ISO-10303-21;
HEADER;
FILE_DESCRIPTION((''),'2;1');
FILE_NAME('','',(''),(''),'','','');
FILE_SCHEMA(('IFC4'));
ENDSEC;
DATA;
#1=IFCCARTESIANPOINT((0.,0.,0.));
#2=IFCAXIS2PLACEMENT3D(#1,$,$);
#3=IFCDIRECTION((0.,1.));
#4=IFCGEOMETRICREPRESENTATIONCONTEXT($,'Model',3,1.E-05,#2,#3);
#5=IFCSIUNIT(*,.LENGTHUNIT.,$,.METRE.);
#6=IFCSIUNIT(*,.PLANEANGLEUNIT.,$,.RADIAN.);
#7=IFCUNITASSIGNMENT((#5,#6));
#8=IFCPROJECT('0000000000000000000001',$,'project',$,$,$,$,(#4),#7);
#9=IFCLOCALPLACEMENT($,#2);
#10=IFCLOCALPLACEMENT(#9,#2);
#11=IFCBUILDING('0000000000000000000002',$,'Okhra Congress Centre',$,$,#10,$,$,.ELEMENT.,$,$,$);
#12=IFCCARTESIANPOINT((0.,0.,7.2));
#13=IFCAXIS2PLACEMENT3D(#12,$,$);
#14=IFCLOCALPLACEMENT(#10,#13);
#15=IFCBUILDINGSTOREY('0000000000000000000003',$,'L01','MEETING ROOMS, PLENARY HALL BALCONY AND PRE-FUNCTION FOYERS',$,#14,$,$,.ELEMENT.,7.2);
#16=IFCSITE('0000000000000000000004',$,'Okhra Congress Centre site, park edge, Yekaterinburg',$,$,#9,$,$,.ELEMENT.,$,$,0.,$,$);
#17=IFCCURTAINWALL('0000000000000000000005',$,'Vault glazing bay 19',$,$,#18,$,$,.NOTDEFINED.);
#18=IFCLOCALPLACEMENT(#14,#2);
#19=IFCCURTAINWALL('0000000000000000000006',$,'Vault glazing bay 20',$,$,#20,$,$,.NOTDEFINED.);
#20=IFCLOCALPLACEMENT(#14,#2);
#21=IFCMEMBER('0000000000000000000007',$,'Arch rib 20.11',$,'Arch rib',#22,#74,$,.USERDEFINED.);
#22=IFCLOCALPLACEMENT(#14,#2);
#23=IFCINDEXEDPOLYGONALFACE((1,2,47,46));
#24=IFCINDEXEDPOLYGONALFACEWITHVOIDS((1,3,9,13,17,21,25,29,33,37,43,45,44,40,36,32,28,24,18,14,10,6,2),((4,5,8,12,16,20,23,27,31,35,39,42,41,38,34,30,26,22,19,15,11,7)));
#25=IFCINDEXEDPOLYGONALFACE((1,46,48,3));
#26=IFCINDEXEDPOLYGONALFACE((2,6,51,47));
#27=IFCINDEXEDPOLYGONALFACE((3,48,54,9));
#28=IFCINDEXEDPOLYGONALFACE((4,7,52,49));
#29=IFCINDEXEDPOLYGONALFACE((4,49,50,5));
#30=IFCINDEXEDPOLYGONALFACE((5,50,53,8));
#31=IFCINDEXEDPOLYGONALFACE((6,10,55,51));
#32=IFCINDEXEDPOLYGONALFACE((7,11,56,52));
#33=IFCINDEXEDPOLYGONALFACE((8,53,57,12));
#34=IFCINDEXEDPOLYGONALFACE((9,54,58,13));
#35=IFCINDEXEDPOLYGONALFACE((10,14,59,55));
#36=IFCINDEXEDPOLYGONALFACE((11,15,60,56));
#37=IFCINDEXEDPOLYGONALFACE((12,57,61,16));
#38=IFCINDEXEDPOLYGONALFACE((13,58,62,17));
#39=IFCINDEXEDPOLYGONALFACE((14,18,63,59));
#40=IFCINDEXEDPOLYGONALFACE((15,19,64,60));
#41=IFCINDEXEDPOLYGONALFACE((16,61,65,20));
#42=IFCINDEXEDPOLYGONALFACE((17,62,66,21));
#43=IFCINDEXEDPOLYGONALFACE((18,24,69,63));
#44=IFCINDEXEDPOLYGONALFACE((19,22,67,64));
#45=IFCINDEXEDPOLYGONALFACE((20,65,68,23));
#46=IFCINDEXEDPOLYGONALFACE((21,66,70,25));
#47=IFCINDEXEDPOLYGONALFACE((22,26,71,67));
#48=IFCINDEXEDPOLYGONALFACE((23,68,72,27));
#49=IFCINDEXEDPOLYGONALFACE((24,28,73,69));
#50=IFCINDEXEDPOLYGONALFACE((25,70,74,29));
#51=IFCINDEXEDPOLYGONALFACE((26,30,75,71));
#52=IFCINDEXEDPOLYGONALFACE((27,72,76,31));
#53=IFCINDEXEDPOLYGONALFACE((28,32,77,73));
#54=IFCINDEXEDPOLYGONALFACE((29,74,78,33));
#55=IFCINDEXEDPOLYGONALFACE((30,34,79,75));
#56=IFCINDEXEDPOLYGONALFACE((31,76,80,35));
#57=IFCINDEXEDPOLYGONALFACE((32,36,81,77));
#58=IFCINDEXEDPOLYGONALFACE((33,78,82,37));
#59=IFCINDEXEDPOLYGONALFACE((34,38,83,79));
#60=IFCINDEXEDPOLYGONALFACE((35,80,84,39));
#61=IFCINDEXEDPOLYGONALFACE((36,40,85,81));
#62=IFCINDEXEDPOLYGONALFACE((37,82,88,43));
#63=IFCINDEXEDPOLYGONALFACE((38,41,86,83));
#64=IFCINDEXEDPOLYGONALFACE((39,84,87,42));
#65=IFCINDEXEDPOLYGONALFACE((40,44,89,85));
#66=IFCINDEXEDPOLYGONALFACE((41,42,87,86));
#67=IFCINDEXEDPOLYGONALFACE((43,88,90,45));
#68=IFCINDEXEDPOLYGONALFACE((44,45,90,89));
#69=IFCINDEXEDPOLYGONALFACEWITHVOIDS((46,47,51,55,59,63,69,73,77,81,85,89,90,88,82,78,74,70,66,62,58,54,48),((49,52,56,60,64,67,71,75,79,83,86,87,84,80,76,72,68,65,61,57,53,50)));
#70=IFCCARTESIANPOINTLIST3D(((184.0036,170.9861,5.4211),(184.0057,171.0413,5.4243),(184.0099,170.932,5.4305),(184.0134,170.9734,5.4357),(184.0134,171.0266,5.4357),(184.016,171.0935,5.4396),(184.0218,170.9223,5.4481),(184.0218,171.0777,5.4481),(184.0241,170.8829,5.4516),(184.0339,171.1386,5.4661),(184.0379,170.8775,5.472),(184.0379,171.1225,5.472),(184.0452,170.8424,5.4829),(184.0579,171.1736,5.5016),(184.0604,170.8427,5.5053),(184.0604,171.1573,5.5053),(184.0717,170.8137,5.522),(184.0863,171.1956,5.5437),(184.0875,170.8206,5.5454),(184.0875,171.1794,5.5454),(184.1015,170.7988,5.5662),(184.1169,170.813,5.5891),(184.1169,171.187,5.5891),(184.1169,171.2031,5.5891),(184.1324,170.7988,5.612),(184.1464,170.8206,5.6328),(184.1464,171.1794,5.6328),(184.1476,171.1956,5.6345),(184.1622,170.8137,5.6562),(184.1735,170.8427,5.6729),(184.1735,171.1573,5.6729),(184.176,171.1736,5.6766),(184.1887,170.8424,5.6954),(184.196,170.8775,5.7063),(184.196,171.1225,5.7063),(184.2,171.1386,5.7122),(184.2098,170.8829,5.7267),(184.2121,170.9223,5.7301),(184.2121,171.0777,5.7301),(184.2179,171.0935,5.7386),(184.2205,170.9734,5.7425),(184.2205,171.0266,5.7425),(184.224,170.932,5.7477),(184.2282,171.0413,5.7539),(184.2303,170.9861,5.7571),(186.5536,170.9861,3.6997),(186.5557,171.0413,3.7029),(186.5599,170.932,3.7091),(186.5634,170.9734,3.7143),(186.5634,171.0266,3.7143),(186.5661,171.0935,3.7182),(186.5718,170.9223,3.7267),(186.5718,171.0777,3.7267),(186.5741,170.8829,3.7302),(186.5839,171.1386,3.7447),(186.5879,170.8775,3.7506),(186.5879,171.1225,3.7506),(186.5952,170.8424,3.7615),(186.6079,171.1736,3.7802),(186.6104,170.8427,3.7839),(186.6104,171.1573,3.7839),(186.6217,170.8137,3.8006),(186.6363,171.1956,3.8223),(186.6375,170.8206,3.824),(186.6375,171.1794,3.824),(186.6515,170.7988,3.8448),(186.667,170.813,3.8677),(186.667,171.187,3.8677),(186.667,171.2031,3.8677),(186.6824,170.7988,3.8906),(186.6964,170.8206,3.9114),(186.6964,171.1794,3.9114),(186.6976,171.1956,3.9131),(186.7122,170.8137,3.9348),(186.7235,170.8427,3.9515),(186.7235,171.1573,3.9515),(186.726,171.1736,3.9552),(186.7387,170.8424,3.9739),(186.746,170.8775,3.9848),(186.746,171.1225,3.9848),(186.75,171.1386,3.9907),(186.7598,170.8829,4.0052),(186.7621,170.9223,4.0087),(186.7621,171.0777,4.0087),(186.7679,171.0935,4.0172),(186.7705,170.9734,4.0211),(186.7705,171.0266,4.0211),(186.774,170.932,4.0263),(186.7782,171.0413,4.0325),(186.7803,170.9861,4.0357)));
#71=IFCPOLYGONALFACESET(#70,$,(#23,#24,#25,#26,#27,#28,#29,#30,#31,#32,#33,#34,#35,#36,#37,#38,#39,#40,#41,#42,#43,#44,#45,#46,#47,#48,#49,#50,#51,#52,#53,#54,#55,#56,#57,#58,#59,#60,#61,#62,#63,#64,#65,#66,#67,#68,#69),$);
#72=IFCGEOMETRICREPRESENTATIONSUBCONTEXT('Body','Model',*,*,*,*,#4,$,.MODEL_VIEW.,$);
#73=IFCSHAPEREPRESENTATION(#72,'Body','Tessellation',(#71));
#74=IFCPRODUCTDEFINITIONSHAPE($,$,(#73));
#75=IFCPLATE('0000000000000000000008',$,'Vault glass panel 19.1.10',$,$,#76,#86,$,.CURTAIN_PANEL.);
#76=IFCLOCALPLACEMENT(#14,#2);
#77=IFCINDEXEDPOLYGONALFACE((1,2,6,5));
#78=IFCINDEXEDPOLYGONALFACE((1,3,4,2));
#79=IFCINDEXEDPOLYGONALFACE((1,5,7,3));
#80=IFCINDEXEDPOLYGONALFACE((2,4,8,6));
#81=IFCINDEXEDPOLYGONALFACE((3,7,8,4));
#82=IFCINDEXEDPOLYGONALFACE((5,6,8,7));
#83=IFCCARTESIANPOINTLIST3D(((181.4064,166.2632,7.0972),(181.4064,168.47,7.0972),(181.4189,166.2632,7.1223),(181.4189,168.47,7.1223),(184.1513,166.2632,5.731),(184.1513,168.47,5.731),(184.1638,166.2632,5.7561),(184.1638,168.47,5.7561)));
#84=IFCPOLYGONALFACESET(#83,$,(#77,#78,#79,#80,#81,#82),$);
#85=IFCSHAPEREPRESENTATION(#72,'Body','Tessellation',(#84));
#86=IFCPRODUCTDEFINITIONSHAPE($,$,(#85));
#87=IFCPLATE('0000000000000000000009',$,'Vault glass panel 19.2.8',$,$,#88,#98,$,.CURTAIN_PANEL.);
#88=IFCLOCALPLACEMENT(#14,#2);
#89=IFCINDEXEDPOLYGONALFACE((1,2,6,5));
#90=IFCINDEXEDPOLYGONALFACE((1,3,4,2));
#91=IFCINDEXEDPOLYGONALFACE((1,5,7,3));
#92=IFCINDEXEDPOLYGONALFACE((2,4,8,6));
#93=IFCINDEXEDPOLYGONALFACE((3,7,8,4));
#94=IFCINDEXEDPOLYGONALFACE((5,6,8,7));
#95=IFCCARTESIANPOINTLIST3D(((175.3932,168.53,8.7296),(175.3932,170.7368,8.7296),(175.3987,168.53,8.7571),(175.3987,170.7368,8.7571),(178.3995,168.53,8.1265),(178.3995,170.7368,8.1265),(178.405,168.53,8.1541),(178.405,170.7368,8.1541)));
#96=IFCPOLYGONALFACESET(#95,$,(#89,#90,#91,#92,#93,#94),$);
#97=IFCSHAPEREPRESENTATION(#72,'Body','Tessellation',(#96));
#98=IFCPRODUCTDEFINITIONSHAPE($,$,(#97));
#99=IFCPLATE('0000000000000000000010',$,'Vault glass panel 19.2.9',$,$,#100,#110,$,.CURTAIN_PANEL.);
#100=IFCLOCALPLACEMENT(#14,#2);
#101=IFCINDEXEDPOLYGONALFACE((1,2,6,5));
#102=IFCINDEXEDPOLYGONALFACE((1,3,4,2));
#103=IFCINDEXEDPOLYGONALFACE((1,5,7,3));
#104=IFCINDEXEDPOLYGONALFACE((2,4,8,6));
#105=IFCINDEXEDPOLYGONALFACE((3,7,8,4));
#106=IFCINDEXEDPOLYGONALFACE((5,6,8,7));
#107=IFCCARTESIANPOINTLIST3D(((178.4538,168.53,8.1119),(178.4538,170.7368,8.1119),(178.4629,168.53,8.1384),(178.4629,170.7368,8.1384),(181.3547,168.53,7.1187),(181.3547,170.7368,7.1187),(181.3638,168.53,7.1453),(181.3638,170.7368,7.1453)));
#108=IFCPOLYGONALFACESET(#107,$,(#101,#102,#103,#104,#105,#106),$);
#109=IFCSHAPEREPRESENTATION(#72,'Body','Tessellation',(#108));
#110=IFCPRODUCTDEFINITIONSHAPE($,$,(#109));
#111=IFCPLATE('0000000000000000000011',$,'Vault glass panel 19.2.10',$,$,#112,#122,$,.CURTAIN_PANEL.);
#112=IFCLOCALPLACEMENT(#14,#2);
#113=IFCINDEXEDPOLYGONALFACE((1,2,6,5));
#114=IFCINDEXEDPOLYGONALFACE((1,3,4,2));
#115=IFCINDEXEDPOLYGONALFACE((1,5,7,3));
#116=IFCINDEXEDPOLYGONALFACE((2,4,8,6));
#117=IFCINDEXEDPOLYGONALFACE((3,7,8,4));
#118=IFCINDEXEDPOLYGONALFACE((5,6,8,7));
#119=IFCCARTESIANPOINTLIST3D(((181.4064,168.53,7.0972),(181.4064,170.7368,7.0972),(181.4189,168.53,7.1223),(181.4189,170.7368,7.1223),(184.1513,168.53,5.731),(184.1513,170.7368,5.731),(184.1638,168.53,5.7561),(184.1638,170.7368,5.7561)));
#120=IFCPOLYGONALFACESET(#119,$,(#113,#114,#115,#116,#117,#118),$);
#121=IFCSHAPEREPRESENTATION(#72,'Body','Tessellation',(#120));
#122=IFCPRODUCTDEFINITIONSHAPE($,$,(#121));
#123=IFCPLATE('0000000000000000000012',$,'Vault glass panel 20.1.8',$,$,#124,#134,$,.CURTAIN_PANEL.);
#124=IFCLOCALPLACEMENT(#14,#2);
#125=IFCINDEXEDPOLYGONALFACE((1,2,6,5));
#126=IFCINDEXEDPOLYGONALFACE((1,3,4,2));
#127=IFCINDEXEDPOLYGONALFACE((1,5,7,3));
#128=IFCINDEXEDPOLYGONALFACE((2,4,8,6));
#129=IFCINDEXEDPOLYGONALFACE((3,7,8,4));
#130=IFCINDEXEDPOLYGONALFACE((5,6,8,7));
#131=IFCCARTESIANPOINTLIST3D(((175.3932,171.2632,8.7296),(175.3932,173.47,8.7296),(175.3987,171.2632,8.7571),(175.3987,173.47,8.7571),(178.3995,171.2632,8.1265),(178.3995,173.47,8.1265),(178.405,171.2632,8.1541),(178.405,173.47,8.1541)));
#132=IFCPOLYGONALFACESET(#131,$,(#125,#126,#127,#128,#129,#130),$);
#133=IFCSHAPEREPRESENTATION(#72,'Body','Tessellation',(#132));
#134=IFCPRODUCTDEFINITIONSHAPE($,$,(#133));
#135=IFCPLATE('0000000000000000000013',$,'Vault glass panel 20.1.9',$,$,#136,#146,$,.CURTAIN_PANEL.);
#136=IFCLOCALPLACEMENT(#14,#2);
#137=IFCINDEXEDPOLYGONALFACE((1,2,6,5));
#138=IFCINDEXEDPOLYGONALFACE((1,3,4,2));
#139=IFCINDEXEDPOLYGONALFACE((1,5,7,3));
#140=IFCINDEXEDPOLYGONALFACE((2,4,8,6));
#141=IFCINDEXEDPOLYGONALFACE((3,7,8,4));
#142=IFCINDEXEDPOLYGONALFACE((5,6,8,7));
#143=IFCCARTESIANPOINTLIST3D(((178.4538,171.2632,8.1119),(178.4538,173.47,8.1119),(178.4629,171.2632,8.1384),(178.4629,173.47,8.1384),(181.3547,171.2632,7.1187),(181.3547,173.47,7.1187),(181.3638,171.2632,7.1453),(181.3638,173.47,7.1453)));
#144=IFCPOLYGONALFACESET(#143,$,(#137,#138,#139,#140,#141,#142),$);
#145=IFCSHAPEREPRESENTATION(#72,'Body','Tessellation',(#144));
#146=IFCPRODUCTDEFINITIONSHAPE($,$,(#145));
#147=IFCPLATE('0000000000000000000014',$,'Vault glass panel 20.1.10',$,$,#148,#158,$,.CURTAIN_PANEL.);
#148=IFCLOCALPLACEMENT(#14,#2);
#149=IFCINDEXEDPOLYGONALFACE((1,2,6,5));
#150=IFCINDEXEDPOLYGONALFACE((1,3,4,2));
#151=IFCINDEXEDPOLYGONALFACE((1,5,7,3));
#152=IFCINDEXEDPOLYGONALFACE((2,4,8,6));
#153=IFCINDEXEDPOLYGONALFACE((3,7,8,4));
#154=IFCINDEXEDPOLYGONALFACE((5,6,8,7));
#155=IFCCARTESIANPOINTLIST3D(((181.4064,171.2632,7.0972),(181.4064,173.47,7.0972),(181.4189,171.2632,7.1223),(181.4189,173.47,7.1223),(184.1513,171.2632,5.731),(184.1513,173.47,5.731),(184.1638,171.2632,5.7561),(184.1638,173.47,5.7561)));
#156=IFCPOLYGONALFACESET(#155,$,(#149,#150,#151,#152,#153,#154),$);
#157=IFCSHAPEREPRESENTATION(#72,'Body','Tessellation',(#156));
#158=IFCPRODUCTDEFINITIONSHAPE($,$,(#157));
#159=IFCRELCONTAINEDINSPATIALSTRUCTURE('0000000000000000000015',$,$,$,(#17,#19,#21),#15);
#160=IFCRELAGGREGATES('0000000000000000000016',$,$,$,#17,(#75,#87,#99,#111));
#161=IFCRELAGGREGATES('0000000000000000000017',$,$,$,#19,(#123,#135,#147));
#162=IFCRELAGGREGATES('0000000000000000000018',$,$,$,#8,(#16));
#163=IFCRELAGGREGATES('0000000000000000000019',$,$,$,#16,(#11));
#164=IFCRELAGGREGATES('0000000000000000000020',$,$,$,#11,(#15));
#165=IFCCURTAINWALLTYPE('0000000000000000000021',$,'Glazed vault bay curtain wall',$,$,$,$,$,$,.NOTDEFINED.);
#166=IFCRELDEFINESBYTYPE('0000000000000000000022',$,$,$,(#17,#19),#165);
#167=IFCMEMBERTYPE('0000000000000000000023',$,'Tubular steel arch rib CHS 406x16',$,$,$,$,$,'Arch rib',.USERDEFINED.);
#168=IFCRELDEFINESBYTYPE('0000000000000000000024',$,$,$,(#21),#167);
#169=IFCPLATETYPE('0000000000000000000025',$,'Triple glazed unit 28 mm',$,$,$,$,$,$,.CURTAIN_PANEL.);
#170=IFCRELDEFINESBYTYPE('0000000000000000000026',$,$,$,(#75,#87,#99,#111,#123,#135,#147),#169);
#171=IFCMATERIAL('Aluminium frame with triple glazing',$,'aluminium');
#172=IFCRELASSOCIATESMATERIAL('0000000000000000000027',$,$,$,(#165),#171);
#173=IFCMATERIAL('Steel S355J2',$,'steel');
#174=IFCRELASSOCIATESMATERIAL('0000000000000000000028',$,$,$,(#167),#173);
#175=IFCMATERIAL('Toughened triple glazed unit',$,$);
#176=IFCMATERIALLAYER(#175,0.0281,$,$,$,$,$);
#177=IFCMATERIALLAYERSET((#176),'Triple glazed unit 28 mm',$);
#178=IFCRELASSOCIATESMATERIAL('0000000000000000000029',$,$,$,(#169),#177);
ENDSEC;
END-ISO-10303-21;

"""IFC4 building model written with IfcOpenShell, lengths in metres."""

from ifc_helpers import new_model, si_unit, direction, frame, origin, origin_2d, place, context, subcontext, project, spatial, polyline, hollow_circle, outline, extrude, material, layer, layer_set, material_profile, profile_set, type_object, element, aggregate, save


model = new_model("IFC4")

# Units and contexts
model_context = context("Model", 3, precision=1e-05, world=origin(), true_north=direction((0.0, 1.0)))
body_context = subcontext(model_context, "Body", "Model", "MODEL_VIEW")
ifc_project = project(units=[si_unit("LENGTHUNIT", "METRE"), si_unit("PLANEANGLEUNIT", "RADIAN")], contexts=[model_context])

# Site, building, storey
site_placement = place(None, origin())
site = spatial("IfcSite", under=ifc_project, at=site_placement, Name="Okhra Congress Centre site, park edge, Yekaterinburg", CompositionType="ELEMENT", RefElevation=0.0)
building_placement = place(site_placement, origin())
building = spatial("IfcBuilding", under=site, at=building_placement, Name="Okhra Congress Centre", CompositionType="ELEMENT")
storey_placement = place(building_placement, frame((0.0, 0.0, 7.2)))
storey = spatial("IfcBuildingStorey", under=building, at=storey_placement, Name="L01", Description="MEETING ROOMS, PLENARY HALL BALCONY AND PRE-FUNCTION FOYERS", CompositionType="ELEMENT", Elevation=7.2)

# Curtain walls
ifc_material_1 = material(Name="Aluminium frame with triple glazing", Category="aluminium")
curtain_wall_type = type_object("IfcCurtainWallType", Name="Glazed vault bay curtain wall", PredefinedType="NOTDEFINED", material=ifc_material_1)
curtain_wall_1_placement = place(storey_placement, origin())
curtain_wall_1 = element("IfcCurtainWall", 1, at=curtain_wall_1_placement, inside=storey, type_object=curtain_wall_type, Name="Vault glazing bay 19", PredefinedType="NOTDEFINED")
curtain_wall_2_placement = place(storey_placement, origin())
curtain_wall_2 = element("IfcCurtainWall", 2, at=curtain_wall_2_placement, inside=storey, type_object=curtain_wall_type, Name="Vault glazing bay 20", PredefinedType="NOTDEFINED")

# Member
ifc_material_2 = material(Name="Steel S355J2", Category="steel")
ifc_material_profile_1 = material_profile(ifc_material_2, hollow_circle(Radius=0.2031, WallThickness=0.0161, at=origin_2d()), Name="CHS 406.4x16")
ifc_profile_set_1 = profile_set([ifc_material_profile_1], Name="Steel S355J2")
member_type_1 = type_object("IfcMemberType", Name="Tubular steel arch rib CHS 406x16", ElementType="Arch rib", PredefinedType="USERDEFINED", material=ifc_profile_set_1)
member_1_placement = place(storey_placement, frame((184.1169, 171.0, 5.5891), z_axis=(0.828826, 0.0, -0.559507), x_axis=(0.0, 1.0, 0.0)))
element("IfcMember", 3, at=member_1_placement, inside=storey, type_object=member_type_1, Name="Arch rib 20.11", ObjectType="Arch rib", PredefinedType="USERDEFINED", context=body_context, shape_type="SweptSolid", body=[
    extrude(hollow_circle(Radius=0.2031, WallThickness=0.0161, at=origin_2d()), origin(), (0.0, 0.0, 1.0), 3.0767),
])

# Plates
ifc_material_3 = material(Name="Toughened triple glazed unit")
ifc_layer = layer(ifc_material_3, 0.0281)
ifc_layer_set = layer_set([ifc_layer], Name="Triple glazed unit 28 mm")
plate_type = type_object("IfcPlateType", Name="Triple glazed unit 28 mm", PredefinedType="CURTAIN_PANEL", material=ifc_layer_set)
plate_1_placement = place(storey_placement, frame((181.4189, 166.2632, 7.1223), z_axis=(0.445588, 0.0, 0.895238), x_axis=(0.895238, 0.0, -0.445588)))
plate_1 = element("IfcPlate", 4, at=plate_1_placement, type_object=plate_type, Name="Vault glass panel 19.1.10", PredefinedType="CURTAIN_PANEL", context=body_context, shape_type="SweptSolid", body=[
    extrude(outline(polyline([(0.0, 0.0), (3.0661, 0.0), (3.0661, 2.2068), (0.0, 2.2068), (0.0, 0.0)])), origin(), (0.0, 0.0, -1.0), 0.0281),
])
plate_2_placement = place(storey_placement, frame((175.3987, 168.53, 8.7571), z_axis=(0.196667, 0.0, 0.98047), x_axis=(0.98047, 0.0, -0.196667)))
plate_2 = element("IfcPlate", 5, at=plate_2_placement, type_object=plate_type, Name="Vault glass panel 19.2.8", PredefinedType="CURTAIN_PANEL", context=body_context, shape_type="SweptSolid", body=[
    extrude(outline(polyline([(0.0, 0.0), (3.0662, 0.0), (3.0662, 2.2068), (0.0, 2.2068), (0.0, 0.0)])), origin(), (0.0, 0.0, -1.0), 0.0281),
])
plate_3_placement = place(storey_placement, frame((178.4629, 168.53, 8.1384), z_axis=(0.323909, 0.0, 0.946088), x_axis=(0.946088, 0.0, -0.323909)))
plate_3 = element("IfcPlate", 6, at=plate_3_placement, type_object=plate_type, Name="Vault glass panel 19.2.9", PredefinedType="CURTAIN_PANEL", context=body_context, shape_type="SweptSolid", body=[
    extrude(outline(polyline([(0.0, 0.0), (3.0662, 0.0), (3.0662, 2.2068), (0.0, 2.2068), (0.0, 0.0)])), origin(), (0.0, 0.0, -1.0), 0.0281),
])
plate_4_placement = place(storey_placement, frame((181.4189, 168.53, 7.1223), z_axis=(0.445588, 0.0, 0.895238), x_axis=(0.895238, 0.0, -0.445588)))
plate_4 = element("IfcPlate", 7, at=plate_4_placement, type_object=plate_type, Name="Vault glass panel 19.2.10", PredefinedType="CURTAIN_PANEL", context=body_context, shape_type="SweptSolid", body=[
    extrude(outline(polyline([(0.0, 0.0), (3.0661, 0.0), (3.0661, 2.2068), (0.0, 2.2068), (0.0, 0.0)])), origin(), (0.0, 0.0, -1.0), 0.0281),
])
aggregate(curtain_wall_1, [plate_1, plate_2, plate_3, plate_4])
plate_5_placement = place(storey_placement, frame((175.3987, 171.2632, 8.7571), z_axis=(0.196667, 0.0, 0.98047), x_axis=(0.98047, 0.0, -0.196667)))
plate_5 = element("IfcPlate", 8, at=plate_5_placement, type_object=plate_type, Name="Vault glass panel 20.1.8", PredefinedType="CURTAIN_PANEL", context=body_context, shape_type="SweptSolid", body=[
    extrude(outline(polyline([(0.0, 0.0), (3.0662, 0.0), (3.0662, 2.2068), (0.0, 2.2068), (0.0, 0.0)])), origin(), (0.0, 0.0, -1.0), 0.0281),
])
plate_6_placement = place(storey_placement, frame((178.4629, 171.2632, 8.1384), z_axis=(0.323909, 0.0, 0.946088), x_axis=(0.946088, 0.0, -0.323909)))
plate_6 = element("IfcPlate", 9, at=plate_6_placement, type_object=plate_type, Name="Vault glass panel 20.1.9", PredefinedType="CURTAIN_PANEL", context=body_context, shape_type="SweptSolid", body=[
    extrude(outline(polyline([(0.0, 0.0), (3.0662, 0.0), (3.0662, 2.2068), (0.0, 2.2068), (0.0, 0.0)])), origin(), (0.0, 0.0, -1.0), 0.0281),
])
plate_7_placement = place(storey_placement, frame((181.4189, 171.2632, 7.1223), z_axis=(0.445588, 0.0, 0.895238), x_axis=(0.895238, 0.0, -0.445588)))
plate_7 = element("IfcPlate", 10, at=plate_7_placement, type_object=plate_type, Name="Vault glass panel 20.1.10", PredefinedType="CURTAIN_PANEL", context=body_context, shape_type="SweptSolid", body=[
    extrude(outline(polyline([(0.0, 0.0), (3.0661, 0.0), (3.0661, 2.2068), (0.0, 2.2068), (0.0, 0.0)])), origin(), (0.0, 0.0, -1.0), 0.0281),
])
aggregate(curtain_wall_2, [plate_5, plate_6, plate_7])

save(model, "model.ifc")
